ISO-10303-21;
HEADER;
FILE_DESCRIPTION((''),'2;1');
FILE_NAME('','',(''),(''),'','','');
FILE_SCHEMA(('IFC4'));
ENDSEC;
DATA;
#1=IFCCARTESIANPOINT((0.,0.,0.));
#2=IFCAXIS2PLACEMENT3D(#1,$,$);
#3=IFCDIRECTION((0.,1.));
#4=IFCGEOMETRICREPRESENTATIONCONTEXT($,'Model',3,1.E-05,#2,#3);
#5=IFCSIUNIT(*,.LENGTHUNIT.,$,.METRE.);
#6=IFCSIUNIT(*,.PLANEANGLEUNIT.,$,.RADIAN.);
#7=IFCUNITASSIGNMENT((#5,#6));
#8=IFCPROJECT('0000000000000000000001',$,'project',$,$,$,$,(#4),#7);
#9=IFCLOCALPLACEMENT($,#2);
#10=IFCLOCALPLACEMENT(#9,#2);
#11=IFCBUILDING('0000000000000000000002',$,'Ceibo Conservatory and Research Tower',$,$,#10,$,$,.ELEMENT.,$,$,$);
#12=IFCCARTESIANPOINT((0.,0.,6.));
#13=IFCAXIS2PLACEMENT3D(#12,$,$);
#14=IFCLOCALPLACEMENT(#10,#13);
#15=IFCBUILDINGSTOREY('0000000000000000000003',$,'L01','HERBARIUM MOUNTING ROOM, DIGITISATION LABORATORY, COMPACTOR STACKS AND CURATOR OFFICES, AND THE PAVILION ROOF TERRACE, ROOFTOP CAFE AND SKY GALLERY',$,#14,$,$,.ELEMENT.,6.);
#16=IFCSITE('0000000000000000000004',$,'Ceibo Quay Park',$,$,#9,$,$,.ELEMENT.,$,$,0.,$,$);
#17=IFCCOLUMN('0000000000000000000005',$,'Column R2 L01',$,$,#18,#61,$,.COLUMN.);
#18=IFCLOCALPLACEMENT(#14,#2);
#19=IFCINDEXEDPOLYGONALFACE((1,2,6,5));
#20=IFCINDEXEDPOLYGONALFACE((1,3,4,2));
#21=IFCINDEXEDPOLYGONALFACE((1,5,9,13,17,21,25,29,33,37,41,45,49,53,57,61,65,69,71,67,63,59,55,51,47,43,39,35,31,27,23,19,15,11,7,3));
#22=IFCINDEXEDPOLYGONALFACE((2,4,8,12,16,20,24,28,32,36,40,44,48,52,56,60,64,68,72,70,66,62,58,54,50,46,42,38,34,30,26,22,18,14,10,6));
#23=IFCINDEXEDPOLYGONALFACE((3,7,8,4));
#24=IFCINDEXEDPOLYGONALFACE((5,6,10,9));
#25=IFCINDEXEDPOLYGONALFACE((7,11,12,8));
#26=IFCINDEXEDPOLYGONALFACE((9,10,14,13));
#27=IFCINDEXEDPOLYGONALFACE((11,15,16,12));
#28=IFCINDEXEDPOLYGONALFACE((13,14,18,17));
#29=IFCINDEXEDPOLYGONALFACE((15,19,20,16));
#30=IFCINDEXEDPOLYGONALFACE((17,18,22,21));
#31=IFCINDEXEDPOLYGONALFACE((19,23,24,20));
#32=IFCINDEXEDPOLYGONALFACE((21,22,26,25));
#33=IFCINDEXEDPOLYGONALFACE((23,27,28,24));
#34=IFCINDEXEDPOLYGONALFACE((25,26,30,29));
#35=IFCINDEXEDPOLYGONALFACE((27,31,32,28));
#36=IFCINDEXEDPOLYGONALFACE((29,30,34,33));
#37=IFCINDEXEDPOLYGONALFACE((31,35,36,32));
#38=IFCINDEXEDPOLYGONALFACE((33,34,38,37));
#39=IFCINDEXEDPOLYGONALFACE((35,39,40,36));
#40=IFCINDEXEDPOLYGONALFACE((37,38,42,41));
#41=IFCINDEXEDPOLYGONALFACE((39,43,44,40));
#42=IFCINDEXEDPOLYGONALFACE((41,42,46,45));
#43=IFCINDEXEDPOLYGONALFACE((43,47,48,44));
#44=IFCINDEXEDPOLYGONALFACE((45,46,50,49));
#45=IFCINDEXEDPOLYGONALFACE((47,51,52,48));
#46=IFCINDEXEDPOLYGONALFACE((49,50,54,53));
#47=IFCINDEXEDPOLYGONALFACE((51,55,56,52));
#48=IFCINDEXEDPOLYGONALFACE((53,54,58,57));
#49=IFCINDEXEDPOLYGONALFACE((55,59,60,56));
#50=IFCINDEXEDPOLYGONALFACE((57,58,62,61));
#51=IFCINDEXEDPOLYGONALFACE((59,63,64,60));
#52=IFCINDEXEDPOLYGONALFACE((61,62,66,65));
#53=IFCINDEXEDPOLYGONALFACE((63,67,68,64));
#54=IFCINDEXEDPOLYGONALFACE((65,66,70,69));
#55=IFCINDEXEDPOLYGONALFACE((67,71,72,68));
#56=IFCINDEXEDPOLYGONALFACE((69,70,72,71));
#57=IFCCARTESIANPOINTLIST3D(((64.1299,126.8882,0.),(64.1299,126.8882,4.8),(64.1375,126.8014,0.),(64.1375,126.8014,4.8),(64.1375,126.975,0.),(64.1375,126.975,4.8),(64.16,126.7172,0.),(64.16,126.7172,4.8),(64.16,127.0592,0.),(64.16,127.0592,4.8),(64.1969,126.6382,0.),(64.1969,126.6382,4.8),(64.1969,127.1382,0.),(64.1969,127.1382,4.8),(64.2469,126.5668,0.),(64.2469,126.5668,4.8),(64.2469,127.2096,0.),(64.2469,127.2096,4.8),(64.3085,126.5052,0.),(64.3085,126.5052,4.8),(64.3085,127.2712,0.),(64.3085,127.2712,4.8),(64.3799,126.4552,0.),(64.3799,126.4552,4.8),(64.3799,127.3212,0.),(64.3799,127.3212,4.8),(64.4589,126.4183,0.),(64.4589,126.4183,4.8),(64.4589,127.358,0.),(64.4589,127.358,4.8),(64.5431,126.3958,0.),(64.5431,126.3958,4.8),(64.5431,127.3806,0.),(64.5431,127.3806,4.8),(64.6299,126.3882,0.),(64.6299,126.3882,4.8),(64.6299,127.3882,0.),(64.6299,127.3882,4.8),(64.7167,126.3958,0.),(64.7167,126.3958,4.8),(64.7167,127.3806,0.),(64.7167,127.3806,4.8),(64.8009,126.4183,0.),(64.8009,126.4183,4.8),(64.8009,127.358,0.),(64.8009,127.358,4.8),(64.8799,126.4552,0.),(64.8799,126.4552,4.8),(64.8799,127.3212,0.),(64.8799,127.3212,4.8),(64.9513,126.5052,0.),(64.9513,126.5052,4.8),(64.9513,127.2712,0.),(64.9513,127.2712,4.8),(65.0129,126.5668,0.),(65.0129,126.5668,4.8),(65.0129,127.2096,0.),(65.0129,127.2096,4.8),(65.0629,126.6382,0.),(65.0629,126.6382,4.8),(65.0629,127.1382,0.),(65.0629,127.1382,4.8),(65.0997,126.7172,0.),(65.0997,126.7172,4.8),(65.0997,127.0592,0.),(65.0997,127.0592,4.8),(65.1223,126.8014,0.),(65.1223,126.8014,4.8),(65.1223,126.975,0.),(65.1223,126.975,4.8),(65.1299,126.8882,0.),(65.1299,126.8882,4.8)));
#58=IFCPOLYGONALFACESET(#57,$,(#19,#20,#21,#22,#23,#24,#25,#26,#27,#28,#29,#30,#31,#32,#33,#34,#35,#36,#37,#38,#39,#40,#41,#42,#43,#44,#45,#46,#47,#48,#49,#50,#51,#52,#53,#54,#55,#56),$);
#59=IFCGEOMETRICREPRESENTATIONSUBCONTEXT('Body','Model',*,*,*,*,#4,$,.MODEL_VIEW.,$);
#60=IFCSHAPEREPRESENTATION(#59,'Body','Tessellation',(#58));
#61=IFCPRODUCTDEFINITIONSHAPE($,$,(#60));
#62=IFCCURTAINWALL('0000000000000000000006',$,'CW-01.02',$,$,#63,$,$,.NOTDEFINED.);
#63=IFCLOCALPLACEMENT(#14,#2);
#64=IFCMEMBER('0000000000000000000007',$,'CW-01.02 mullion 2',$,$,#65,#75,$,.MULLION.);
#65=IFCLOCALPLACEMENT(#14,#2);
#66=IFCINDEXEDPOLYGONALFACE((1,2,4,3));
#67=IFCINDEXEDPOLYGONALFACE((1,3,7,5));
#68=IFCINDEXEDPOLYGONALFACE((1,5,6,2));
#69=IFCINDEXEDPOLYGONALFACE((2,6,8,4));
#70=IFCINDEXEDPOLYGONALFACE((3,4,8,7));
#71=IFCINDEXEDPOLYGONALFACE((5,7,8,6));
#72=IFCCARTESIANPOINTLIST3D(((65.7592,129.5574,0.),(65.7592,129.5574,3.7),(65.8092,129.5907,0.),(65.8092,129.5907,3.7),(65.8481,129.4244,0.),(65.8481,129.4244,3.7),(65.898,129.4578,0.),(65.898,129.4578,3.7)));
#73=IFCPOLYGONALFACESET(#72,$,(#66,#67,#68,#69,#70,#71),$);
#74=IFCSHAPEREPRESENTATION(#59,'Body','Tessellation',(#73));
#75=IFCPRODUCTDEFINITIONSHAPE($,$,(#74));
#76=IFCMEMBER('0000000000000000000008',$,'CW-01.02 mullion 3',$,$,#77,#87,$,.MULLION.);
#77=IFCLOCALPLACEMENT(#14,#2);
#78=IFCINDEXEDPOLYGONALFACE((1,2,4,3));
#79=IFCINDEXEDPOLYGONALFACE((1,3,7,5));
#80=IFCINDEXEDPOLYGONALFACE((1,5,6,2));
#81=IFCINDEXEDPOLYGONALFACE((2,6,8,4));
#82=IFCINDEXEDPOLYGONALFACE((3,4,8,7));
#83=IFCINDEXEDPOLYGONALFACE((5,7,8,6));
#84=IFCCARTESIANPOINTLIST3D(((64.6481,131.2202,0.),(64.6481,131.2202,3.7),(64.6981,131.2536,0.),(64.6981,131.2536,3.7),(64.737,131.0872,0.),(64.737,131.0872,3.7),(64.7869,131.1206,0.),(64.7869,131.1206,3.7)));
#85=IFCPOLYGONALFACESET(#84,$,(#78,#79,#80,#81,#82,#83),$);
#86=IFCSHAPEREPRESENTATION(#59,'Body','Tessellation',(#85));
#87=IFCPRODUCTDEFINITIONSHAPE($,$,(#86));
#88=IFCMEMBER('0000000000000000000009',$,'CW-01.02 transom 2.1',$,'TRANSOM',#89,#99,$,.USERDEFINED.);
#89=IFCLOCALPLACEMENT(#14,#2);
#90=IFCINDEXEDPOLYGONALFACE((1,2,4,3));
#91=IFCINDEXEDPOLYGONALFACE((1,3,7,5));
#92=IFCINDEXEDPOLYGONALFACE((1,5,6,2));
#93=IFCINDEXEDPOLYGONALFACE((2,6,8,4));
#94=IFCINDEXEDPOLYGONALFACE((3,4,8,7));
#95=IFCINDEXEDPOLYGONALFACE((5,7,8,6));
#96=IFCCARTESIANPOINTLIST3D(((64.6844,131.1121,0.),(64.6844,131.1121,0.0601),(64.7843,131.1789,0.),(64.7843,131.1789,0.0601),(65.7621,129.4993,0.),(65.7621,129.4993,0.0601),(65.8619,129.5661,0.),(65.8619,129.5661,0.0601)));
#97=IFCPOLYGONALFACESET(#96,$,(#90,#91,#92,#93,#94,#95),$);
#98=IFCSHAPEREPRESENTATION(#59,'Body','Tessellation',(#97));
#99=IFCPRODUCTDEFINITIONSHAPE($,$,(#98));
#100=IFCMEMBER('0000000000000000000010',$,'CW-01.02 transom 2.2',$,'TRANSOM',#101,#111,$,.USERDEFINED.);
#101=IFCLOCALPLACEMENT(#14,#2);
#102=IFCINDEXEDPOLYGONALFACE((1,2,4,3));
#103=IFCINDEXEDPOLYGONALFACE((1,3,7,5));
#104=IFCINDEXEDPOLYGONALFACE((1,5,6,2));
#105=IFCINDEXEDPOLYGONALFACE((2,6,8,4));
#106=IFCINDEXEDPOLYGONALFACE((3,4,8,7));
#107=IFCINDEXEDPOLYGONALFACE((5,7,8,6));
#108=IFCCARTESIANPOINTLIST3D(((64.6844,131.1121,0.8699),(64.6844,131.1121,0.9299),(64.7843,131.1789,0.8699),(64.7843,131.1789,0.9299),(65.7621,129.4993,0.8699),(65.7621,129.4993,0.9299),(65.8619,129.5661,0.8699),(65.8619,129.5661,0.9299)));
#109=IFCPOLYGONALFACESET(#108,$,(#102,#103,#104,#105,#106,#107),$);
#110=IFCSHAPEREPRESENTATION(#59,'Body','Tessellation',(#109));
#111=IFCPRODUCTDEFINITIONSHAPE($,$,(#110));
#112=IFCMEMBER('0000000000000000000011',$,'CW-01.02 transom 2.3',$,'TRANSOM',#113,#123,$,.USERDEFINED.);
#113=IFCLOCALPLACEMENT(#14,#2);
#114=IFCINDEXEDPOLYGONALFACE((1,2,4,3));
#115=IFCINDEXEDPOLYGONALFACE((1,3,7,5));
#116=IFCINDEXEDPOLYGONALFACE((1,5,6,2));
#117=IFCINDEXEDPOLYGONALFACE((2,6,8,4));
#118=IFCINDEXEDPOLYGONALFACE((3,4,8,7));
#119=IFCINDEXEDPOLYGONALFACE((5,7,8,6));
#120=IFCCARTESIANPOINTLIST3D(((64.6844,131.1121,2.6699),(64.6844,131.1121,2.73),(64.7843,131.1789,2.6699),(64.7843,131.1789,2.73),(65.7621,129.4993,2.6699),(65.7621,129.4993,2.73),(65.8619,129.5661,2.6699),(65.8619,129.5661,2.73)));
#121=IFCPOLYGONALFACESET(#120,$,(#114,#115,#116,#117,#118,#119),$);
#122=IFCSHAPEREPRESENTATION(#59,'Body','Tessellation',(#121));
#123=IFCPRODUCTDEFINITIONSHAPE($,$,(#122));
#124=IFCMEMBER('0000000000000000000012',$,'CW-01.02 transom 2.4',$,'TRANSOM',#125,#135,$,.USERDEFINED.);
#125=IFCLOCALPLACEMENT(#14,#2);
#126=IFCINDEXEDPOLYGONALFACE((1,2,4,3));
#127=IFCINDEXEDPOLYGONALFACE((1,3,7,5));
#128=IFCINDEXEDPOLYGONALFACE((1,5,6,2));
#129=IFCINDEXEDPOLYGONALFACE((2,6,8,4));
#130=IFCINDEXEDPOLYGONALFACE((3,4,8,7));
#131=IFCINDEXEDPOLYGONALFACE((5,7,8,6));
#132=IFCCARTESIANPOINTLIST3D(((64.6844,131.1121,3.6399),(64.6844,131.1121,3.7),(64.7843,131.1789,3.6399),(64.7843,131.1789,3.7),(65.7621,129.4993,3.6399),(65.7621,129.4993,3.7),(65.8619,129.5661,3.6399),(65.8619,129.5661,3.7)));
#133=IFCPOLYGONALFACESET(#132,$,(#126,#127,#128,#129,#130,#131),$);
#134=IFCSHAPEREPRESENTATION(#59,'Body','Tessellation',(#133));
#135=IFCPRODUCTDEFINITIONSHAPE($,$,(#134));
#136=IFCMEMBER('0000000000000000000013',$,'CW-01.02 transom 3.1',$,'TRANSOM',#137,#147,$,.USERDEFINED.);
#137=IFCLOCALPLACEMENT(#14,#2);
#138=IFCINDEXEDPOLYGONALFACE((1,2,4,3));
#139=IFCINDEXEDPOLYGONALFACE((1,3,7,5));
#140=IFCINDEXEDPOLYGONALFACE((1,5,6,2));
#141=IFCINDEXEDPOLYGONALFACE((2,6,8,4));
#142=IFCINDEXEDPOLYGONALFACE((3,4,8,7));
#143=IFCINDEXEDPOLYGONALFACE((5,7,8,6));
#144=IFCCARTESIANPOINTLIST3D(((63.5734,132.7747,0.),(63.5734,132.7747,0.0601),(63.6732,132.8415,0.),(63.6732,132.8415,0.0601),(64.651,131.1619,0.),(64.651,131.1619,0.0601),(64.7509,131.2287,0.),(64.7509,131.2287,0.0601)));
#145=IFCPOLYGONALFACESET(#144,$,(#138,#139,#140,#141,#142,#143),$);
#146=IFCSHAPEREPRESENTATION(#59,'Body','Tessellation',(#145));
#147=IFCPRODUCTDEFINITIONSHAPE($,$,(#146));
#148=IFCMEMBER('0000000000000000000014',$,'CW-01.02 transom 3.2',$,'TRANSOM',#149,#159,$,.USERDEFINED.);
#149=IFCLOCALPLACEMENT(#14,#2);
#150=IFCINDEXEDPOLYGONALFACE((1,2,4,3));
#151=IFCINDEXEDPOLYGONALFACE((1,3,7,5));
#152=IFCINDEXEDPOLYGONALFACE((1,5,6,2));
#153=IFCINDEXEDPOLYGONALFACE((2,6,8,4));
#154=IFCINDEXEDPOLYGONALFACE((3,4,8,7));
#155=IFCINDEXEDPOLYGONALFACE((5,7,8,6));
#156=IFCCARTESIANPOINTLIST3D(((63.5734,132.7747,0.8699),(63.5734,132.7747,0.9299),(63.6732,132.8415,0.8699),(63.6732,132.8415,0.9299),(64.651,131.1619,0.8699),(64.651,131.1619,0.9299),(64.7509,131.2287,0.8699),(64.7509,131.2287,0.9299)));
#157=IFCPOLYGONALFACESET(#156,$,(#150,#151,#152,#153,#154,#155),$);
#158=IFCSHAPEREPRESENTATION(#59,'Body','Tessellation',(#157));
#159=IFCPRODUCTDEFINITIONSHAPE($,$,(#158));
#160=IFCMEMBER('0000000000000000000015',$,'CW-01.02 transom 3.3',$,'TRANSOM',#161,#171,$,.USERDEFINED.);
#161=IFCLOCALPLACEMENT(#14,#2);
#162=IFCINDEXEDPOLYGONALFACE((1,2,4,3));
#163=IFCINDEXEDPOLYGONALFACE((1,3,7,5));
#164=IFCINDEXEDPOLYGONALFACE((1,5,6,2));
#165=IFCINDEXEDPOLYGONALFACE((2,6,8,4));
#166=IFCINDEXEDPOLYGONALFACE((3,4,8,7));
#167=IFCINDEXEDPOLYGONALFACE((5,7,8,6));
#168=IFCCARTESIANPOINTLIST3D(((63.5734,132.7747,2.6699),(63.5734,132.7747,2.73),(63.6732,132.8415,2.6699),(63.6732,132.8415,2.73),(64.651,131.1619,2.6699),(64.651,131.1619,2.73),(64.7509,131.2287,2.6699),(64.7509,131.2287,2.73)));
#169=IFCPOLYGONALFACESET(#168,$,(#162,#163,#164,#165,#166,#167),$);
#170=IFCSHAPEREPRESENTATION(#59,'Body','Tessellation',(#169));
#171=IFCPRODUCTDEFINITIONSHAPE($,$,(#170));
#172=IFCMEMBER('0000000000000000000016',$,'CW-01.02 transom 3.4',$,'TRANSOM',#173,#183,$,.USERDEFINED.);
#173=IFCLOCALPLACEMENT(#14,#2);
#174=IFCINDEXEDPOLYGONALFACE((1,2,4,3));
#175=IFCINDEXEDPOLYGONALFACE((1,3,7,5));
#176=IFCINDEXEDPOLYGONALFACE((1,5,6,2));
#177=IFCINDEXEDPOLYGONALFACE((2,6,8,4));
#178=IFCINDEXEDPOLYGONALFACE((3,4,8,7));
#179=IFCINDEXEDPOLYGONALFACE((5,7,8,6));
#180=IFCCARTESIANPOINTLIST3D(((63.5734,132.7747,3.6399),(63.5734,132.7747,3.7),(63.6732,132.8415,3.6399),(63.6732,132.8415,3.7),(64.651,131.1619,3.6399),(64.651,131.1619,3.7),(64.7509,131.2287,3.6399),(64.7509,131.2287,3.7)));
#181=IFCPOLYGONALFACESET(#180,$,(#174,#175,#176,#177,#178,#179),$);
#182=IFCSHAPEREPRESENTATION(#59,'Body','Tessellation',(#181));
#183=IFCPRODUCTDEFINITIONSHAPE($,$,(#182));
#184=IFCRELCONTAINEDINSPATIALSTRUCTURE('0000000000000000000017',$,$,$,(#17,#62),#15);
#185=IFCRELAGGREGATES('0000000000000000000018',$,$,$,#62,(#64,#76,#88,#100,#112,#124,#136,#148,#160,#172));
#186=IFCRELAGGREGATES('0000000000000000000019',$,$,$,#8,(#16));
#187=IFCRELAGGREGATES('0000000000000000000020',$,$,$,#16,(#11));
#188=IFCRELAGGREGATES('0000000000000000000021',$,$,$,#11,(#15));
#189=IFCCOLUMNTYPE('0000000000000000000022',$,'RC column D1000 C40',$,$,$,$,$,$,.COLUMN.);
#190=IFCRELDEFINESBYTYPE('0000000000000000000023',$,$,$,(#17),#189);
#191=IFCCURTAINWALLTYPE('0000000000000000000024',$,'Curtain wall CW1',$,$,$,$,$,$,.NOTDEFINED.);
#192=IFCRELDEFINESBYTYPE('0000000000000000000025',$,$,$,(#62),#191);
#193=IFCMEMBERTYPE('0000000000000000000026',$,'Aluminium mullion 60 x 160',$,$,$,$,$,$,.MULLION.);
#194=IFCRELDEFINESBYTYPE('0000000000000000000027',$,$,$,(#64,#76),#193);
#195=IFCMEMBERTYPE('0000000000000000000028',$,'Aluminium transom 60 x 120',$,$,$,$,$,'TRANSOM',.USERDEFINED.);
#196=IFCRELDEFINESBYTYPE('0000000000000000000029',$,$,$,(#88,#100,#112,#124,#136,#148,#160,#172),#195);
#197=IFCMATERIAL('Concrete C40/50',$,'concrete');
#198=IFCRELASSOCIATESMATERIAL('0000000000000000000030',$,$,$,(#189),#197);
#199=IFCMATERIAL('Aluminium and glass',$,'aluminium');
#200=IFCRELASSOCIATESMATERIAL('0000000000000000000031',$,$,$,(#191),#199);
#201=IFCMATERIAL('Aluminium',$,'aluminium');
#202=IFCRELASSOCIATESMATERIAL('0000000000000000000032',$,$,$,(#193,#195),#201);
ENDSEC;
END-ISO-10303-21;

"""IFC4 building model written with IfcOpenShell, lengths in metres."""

from ifc_helpers import new_model, si_unit, direction, frame, origin, origin_2d, place, context, subcontext, project, spatial, rectangle, circle, extrude, material, material_profile, profile_set, type_object, element, aggregate, save


model = new_model("IFC4")

# Units and contexts
model_context = context("Model", 3, precision=1e-05, world=origin(), true_north=direction((0.0, 1.0)))
body_context = subcontext(model_context, "Body", "Model", "MODEL_VIEW")
ifc_project = project(units=[si_unit("LENGTHUNIT", "METRE"), si_unit("PLANEANGLEUNIT", "RADIAN")], contexts=[model_context])

# Site, building, storey
site_placement = place(None, origin())
site = spatial("IfcSite", under=ifc_project, at=site_placement, Name="Ceibo Quay Park", CompositionType="ELEMENT", RefElevation=0.0)
building_placement = place(site_placement, origin())
building = spatial("IfcBuilding", under=site, at=building_placement, Name="Ceibo Conservatory and Research Tower", CompositionType="ELEMENT")
storey_placement = place(building_placement, frame((0.0, 0.0, 6.0)))
storey = spatial("IfcBuildingStorey", under=building, at=storey_placement, Name="L01", Description="HERBARIUM MOUNTING ROOM, DIGITISATION LABORATORY, COMPACTOR STACKS AND CURATOR OFFICES, AND THE PAVILION ROOF TERRACE, ROOFTOP CAFE AND SKY GALLERY", CompositionType="ELEMENT", Elevation=6.0)

# Column
ifc_material_1 = material(Name="Concrete C40/50", Category="concrete")
ifc_material_profile_1 = material_profile(ifc_material_1, circle(Radius=0.5, at=origin_2d()), Name="RC D1000")
ifc_profile_set_1 = profile_set([ifc_material_profile_1], Name="Concrete C40/50")
column_type = type_object("IfcColumnType", Name="RC column D1000 C40", PredefinedType="COLUMN", material=ifc_profile_set_1)
column_placement = place(storey_placement, frame((64.6299, 126.8882, 0.0), z_axis=(0.0, 0.0, 1.0), x_axis=(1.0, 0.0, 0.0)))
element("IfcColumn", 1, at=column_placement, inside=storey, type_object=column_type, Name="Column R2 L01", PredefinedType="COLUMN", context=body_context, shape_type="SweptSolid", body=[
    extrude(circle(Radius=0.5, at=origin_2d()), origin(), (0.0, 0.0, 1.0), 4.8),
])

# Curtain wall, members
ifc_material_2 = material(Name="Aluminium and glass", Category="aluminium")
curtain_wall_type = type_object("IfcCurtainWallType", Name="Curtain wall CW1", PredefinedType="NOTDEFINED", material=ifc_material_2)
curtain_wall_placement = place(storey_placement, origin())
curtain_wall = element("IfcCurtainWall", 2, at=curtain_wall_placement, inside=storey, type_object=curtain_wall_type, Name="CW-01.02", PredefinedType="NOTDEFINED")
ifc_material_3 = material(Name="Aluminium", Category="aluminium")
ifc_material_profile_2 = material_profile(ifc_material_3, rectangle(XDim=0.0601, YDim=0.1599, at=origin_2d()), Name="Aluminium 60 x 160")
ifc_profile_set_2 = profile_set([ifc_material_profile_2], Name="Aluminium")
member_type_1 = type_object("IfcMemberType", Name="Aluminium mullion 60 x 160", PredefinedType="MULLION", material=ifc_profile_set_2)
member_1_placement = place(storey_placement, frame((65.8286, 129.5076, 0.0), z_axis=(0.0, 0.0, 1.0), x_axis=(-0.83147, -0.55557, 0.0)))
member_1 = element("IfcMember", 3, at=member_1_placement, type_object=member_type_1, Name="CW-01.02 mullion 2", PredefinedType="MULLION", context=body_context, shape_type="SweptSolid", body=[
    extrude(rectangle(XDim=0.0601, YDim=0.1599, at=origin_2d()), origin(), (0.0, 0.0, 1.0), 3.7),
])
member_2_placement = place(storey_placement, frame((64.7175, 131.1704, 0.0), z_axis=(0.0, 0.0, 1.0), x_axis=(-0.83147, -0.55557, 0.0)))
member_2 = element("IfcMember", 4, at=member_2_placement, type_object=member_type_1, Name="CW-01.02 mullion 3", PredefinedType="MULLION", context=body_context, shape_type="SweptSolid", body=[
    extrude(rectangle(XDim=0.0601, YDim=0.1599, at=origin_2d()), origin(), (0.0, 0.0, 1.0), 3.7),
])
ifc_material_profile_3 = material_profile(ifc_material_3, rectangle(XDim=0.1201, YDim=0.0601, at=origin_2d()), Name="Aluminium 60 x 120")
ifc_profile_set_3 = profile_set([ifc_material_profile_3], Name="Aluminium")
member_type_2 = type_object("IfcMemberType", Name="Aluminium transom 60 x 120", ElementType="TRANSOM", PredefinedType="USERDEFINED", material=ifc_profile_set_3)
member_3_placement = place(storey_placement, frame((65.812, 129.5327, 0.03), z_axis=(-0.555571, 0.831469, 0.0), x_axis=(-0.831469, -0.555571, 0.0)))
member_3 = element("IfcMember", 5, at=member_3_placement, type_object=member_type_2, Name="CW-01.02 transom 2.1", ObjectType="TRANSOM", PredefinedType="USERDEFINED", context=body_context, shape_type="SweptSolid", body=[
    extrude(rectangle(XDim=0.1201, YDim=0.0601, at=origin_2d()), origin(), (0.0, 0.0, 1.0), 1.9397),
])
member_4_placement = place(storey_placement, frame((65.812, 129.5327, 0.8999), z_axis=(-0.555571, 0.831469, 0.0), x_axis=(-0.831469, -0.555571, 0.0)))
member_4 = element("IfcMember", 6, at=member_4_placement, type_object=member_type_2, Name="CW-01.02 transom 2.2", ObjectType="TRANSOM", PredefinedType="USERDEFINED", context=body_context, shape_type="SweptSolid", body=[
    extrude(rectangle(XDim=0.1201, YDim=0.0601, at=origin_2d()), origin(), (0.0, 0.0, 1.0), 1.9397),
])
member_5_placement = place(storey_placement, frame((65.812, 129.5327, 2.7), z_axis=(-0.555571, 0.831469, 0.0), x_axis=(-0.831469, -0.555571, 0.0)))
member_5 = element("IfcMember", 7, at=member_5_placement, type_object=member_type_2, Name="CW-01.02 transom 2.3", ObjectType="TRANSOM", PredefinedType="USERDEFINED", context=body_context, shape_type="SweptSolid", body=[
    extrude(rectangle(XDim=0.1201, YDim=0.0601, at=origin_2d()), origin(), (0.0, 0.0, 1.0), 1.9397),
])
member_6_placement = place(storey_placement, frame((65.812, 129.5327, 3.6699), z_axis=(-0.555571, 0.831469, 0.0), x_axis=(-0.831469, -0.555571, 0.0)))
member_6 = element("IfcMember", 8, at=member_6_placement, type_object=member_type_2, Name="CW-01.02 transom 2.4", ObjectType="TRANSOM", PredefinedType="USERDEFINED", context=body_context, shape_type="SweptSolid", body=[
    extrude(rectangle(XDim=0.1201, YDim=0.0601, at=origin_2d()), origin(), (0.0, 0.0, 1.0), 1.9397),
])
member_7_placement = place(storey_placement, frame((64.7009, 131.1953, 0.03), z_axis=(-0.555571, 0.831469, 0.0), x_axis=(-0.831469, -0.555571, 0.0)))
member_7 = element("IfcMember", 9, at=member_7_placement, type_object=member_type_2, Name="CW-01.02 transom 3.1", ObjectType="TRANSOM", PredefinedType="USERDEFINED", context=body_context, shape_type="SweptSolid", body=[
    extrude(rectangle(XDim=0.1201, YDim=0.0601, at=origin_2d()), origin(), (0.0, 0.0, 1.0), 1.9397),
])
member_8_placement = place(storey_placement, frame((64.7009, 131.1953, 0.8999), z_axis=(-0.555571, 0.831469, 0.0), x_axis=(-0.831469, -0.555571, 0.0)))
member_8 = element("IfcMember", 10, at=member_8_placement, type_object=member_type_2, Name="CW-01.02 transom 3.2", ObjectType="TRANSOM", PredefinedType="USERDEFINED", context=body_context, shape_type="SweptSolid", body=[
    extrude(rectangle(XDim=0.1201, YDim=0.0601, at=origin_2d()), origin(), (0.0, 0.0, 1.0), 1.9397),
])
member_9_placement = place(storey_placement, frame((64.7009, 131.1953, 2.7), z_axis=(-0.555571, 0.831469, 0.0), x_axis=(-0.831469, -0.555571, 0.0)))
member_9 = element("IfcMember", 11, at=member_9_placement, type_object=member_type_2, Name="CW-01.02 transom 3.3", ObjectType="TRANSOM", PredefinedType="USERDEFINED", context=body_context, shape_type="SweptSolid", body=[
    extrude(rectangle(XDim=0.1201, YDim=0.0601, at=origin_2d()), origin(), (0.0, 0.0, 1.0), 1.9397),
])
member_10_placement = place(storey_placement, frame((64.7009, 131.1953, 3.6699), z_axis=(-0.555571, 0.831469, 0.0), x_axis=(-0.831469, -0.555571, 0.0)))
member_10 = element("IfcMember", 12, at=member_10_placement, type_object=member_type_2, Name="CW-01.02 transom 3.4", ObjectType="TRANSOM", PredefinedType="USERDEFINED", context=body_context, shape_type="SweptSolid", body=[
    extrude(rectangle(XDim=0.1201, YDim=0.0601, at=origin_2d()), origin(), (0.0, 0.0, 1.0), 1.9397),
])

aggregate(curtain_wall, [member_1, member_2, member_3, member_4, member_5, member_6, member_7, member_8, member_9, member_10])

save(model, "model.ifc")
